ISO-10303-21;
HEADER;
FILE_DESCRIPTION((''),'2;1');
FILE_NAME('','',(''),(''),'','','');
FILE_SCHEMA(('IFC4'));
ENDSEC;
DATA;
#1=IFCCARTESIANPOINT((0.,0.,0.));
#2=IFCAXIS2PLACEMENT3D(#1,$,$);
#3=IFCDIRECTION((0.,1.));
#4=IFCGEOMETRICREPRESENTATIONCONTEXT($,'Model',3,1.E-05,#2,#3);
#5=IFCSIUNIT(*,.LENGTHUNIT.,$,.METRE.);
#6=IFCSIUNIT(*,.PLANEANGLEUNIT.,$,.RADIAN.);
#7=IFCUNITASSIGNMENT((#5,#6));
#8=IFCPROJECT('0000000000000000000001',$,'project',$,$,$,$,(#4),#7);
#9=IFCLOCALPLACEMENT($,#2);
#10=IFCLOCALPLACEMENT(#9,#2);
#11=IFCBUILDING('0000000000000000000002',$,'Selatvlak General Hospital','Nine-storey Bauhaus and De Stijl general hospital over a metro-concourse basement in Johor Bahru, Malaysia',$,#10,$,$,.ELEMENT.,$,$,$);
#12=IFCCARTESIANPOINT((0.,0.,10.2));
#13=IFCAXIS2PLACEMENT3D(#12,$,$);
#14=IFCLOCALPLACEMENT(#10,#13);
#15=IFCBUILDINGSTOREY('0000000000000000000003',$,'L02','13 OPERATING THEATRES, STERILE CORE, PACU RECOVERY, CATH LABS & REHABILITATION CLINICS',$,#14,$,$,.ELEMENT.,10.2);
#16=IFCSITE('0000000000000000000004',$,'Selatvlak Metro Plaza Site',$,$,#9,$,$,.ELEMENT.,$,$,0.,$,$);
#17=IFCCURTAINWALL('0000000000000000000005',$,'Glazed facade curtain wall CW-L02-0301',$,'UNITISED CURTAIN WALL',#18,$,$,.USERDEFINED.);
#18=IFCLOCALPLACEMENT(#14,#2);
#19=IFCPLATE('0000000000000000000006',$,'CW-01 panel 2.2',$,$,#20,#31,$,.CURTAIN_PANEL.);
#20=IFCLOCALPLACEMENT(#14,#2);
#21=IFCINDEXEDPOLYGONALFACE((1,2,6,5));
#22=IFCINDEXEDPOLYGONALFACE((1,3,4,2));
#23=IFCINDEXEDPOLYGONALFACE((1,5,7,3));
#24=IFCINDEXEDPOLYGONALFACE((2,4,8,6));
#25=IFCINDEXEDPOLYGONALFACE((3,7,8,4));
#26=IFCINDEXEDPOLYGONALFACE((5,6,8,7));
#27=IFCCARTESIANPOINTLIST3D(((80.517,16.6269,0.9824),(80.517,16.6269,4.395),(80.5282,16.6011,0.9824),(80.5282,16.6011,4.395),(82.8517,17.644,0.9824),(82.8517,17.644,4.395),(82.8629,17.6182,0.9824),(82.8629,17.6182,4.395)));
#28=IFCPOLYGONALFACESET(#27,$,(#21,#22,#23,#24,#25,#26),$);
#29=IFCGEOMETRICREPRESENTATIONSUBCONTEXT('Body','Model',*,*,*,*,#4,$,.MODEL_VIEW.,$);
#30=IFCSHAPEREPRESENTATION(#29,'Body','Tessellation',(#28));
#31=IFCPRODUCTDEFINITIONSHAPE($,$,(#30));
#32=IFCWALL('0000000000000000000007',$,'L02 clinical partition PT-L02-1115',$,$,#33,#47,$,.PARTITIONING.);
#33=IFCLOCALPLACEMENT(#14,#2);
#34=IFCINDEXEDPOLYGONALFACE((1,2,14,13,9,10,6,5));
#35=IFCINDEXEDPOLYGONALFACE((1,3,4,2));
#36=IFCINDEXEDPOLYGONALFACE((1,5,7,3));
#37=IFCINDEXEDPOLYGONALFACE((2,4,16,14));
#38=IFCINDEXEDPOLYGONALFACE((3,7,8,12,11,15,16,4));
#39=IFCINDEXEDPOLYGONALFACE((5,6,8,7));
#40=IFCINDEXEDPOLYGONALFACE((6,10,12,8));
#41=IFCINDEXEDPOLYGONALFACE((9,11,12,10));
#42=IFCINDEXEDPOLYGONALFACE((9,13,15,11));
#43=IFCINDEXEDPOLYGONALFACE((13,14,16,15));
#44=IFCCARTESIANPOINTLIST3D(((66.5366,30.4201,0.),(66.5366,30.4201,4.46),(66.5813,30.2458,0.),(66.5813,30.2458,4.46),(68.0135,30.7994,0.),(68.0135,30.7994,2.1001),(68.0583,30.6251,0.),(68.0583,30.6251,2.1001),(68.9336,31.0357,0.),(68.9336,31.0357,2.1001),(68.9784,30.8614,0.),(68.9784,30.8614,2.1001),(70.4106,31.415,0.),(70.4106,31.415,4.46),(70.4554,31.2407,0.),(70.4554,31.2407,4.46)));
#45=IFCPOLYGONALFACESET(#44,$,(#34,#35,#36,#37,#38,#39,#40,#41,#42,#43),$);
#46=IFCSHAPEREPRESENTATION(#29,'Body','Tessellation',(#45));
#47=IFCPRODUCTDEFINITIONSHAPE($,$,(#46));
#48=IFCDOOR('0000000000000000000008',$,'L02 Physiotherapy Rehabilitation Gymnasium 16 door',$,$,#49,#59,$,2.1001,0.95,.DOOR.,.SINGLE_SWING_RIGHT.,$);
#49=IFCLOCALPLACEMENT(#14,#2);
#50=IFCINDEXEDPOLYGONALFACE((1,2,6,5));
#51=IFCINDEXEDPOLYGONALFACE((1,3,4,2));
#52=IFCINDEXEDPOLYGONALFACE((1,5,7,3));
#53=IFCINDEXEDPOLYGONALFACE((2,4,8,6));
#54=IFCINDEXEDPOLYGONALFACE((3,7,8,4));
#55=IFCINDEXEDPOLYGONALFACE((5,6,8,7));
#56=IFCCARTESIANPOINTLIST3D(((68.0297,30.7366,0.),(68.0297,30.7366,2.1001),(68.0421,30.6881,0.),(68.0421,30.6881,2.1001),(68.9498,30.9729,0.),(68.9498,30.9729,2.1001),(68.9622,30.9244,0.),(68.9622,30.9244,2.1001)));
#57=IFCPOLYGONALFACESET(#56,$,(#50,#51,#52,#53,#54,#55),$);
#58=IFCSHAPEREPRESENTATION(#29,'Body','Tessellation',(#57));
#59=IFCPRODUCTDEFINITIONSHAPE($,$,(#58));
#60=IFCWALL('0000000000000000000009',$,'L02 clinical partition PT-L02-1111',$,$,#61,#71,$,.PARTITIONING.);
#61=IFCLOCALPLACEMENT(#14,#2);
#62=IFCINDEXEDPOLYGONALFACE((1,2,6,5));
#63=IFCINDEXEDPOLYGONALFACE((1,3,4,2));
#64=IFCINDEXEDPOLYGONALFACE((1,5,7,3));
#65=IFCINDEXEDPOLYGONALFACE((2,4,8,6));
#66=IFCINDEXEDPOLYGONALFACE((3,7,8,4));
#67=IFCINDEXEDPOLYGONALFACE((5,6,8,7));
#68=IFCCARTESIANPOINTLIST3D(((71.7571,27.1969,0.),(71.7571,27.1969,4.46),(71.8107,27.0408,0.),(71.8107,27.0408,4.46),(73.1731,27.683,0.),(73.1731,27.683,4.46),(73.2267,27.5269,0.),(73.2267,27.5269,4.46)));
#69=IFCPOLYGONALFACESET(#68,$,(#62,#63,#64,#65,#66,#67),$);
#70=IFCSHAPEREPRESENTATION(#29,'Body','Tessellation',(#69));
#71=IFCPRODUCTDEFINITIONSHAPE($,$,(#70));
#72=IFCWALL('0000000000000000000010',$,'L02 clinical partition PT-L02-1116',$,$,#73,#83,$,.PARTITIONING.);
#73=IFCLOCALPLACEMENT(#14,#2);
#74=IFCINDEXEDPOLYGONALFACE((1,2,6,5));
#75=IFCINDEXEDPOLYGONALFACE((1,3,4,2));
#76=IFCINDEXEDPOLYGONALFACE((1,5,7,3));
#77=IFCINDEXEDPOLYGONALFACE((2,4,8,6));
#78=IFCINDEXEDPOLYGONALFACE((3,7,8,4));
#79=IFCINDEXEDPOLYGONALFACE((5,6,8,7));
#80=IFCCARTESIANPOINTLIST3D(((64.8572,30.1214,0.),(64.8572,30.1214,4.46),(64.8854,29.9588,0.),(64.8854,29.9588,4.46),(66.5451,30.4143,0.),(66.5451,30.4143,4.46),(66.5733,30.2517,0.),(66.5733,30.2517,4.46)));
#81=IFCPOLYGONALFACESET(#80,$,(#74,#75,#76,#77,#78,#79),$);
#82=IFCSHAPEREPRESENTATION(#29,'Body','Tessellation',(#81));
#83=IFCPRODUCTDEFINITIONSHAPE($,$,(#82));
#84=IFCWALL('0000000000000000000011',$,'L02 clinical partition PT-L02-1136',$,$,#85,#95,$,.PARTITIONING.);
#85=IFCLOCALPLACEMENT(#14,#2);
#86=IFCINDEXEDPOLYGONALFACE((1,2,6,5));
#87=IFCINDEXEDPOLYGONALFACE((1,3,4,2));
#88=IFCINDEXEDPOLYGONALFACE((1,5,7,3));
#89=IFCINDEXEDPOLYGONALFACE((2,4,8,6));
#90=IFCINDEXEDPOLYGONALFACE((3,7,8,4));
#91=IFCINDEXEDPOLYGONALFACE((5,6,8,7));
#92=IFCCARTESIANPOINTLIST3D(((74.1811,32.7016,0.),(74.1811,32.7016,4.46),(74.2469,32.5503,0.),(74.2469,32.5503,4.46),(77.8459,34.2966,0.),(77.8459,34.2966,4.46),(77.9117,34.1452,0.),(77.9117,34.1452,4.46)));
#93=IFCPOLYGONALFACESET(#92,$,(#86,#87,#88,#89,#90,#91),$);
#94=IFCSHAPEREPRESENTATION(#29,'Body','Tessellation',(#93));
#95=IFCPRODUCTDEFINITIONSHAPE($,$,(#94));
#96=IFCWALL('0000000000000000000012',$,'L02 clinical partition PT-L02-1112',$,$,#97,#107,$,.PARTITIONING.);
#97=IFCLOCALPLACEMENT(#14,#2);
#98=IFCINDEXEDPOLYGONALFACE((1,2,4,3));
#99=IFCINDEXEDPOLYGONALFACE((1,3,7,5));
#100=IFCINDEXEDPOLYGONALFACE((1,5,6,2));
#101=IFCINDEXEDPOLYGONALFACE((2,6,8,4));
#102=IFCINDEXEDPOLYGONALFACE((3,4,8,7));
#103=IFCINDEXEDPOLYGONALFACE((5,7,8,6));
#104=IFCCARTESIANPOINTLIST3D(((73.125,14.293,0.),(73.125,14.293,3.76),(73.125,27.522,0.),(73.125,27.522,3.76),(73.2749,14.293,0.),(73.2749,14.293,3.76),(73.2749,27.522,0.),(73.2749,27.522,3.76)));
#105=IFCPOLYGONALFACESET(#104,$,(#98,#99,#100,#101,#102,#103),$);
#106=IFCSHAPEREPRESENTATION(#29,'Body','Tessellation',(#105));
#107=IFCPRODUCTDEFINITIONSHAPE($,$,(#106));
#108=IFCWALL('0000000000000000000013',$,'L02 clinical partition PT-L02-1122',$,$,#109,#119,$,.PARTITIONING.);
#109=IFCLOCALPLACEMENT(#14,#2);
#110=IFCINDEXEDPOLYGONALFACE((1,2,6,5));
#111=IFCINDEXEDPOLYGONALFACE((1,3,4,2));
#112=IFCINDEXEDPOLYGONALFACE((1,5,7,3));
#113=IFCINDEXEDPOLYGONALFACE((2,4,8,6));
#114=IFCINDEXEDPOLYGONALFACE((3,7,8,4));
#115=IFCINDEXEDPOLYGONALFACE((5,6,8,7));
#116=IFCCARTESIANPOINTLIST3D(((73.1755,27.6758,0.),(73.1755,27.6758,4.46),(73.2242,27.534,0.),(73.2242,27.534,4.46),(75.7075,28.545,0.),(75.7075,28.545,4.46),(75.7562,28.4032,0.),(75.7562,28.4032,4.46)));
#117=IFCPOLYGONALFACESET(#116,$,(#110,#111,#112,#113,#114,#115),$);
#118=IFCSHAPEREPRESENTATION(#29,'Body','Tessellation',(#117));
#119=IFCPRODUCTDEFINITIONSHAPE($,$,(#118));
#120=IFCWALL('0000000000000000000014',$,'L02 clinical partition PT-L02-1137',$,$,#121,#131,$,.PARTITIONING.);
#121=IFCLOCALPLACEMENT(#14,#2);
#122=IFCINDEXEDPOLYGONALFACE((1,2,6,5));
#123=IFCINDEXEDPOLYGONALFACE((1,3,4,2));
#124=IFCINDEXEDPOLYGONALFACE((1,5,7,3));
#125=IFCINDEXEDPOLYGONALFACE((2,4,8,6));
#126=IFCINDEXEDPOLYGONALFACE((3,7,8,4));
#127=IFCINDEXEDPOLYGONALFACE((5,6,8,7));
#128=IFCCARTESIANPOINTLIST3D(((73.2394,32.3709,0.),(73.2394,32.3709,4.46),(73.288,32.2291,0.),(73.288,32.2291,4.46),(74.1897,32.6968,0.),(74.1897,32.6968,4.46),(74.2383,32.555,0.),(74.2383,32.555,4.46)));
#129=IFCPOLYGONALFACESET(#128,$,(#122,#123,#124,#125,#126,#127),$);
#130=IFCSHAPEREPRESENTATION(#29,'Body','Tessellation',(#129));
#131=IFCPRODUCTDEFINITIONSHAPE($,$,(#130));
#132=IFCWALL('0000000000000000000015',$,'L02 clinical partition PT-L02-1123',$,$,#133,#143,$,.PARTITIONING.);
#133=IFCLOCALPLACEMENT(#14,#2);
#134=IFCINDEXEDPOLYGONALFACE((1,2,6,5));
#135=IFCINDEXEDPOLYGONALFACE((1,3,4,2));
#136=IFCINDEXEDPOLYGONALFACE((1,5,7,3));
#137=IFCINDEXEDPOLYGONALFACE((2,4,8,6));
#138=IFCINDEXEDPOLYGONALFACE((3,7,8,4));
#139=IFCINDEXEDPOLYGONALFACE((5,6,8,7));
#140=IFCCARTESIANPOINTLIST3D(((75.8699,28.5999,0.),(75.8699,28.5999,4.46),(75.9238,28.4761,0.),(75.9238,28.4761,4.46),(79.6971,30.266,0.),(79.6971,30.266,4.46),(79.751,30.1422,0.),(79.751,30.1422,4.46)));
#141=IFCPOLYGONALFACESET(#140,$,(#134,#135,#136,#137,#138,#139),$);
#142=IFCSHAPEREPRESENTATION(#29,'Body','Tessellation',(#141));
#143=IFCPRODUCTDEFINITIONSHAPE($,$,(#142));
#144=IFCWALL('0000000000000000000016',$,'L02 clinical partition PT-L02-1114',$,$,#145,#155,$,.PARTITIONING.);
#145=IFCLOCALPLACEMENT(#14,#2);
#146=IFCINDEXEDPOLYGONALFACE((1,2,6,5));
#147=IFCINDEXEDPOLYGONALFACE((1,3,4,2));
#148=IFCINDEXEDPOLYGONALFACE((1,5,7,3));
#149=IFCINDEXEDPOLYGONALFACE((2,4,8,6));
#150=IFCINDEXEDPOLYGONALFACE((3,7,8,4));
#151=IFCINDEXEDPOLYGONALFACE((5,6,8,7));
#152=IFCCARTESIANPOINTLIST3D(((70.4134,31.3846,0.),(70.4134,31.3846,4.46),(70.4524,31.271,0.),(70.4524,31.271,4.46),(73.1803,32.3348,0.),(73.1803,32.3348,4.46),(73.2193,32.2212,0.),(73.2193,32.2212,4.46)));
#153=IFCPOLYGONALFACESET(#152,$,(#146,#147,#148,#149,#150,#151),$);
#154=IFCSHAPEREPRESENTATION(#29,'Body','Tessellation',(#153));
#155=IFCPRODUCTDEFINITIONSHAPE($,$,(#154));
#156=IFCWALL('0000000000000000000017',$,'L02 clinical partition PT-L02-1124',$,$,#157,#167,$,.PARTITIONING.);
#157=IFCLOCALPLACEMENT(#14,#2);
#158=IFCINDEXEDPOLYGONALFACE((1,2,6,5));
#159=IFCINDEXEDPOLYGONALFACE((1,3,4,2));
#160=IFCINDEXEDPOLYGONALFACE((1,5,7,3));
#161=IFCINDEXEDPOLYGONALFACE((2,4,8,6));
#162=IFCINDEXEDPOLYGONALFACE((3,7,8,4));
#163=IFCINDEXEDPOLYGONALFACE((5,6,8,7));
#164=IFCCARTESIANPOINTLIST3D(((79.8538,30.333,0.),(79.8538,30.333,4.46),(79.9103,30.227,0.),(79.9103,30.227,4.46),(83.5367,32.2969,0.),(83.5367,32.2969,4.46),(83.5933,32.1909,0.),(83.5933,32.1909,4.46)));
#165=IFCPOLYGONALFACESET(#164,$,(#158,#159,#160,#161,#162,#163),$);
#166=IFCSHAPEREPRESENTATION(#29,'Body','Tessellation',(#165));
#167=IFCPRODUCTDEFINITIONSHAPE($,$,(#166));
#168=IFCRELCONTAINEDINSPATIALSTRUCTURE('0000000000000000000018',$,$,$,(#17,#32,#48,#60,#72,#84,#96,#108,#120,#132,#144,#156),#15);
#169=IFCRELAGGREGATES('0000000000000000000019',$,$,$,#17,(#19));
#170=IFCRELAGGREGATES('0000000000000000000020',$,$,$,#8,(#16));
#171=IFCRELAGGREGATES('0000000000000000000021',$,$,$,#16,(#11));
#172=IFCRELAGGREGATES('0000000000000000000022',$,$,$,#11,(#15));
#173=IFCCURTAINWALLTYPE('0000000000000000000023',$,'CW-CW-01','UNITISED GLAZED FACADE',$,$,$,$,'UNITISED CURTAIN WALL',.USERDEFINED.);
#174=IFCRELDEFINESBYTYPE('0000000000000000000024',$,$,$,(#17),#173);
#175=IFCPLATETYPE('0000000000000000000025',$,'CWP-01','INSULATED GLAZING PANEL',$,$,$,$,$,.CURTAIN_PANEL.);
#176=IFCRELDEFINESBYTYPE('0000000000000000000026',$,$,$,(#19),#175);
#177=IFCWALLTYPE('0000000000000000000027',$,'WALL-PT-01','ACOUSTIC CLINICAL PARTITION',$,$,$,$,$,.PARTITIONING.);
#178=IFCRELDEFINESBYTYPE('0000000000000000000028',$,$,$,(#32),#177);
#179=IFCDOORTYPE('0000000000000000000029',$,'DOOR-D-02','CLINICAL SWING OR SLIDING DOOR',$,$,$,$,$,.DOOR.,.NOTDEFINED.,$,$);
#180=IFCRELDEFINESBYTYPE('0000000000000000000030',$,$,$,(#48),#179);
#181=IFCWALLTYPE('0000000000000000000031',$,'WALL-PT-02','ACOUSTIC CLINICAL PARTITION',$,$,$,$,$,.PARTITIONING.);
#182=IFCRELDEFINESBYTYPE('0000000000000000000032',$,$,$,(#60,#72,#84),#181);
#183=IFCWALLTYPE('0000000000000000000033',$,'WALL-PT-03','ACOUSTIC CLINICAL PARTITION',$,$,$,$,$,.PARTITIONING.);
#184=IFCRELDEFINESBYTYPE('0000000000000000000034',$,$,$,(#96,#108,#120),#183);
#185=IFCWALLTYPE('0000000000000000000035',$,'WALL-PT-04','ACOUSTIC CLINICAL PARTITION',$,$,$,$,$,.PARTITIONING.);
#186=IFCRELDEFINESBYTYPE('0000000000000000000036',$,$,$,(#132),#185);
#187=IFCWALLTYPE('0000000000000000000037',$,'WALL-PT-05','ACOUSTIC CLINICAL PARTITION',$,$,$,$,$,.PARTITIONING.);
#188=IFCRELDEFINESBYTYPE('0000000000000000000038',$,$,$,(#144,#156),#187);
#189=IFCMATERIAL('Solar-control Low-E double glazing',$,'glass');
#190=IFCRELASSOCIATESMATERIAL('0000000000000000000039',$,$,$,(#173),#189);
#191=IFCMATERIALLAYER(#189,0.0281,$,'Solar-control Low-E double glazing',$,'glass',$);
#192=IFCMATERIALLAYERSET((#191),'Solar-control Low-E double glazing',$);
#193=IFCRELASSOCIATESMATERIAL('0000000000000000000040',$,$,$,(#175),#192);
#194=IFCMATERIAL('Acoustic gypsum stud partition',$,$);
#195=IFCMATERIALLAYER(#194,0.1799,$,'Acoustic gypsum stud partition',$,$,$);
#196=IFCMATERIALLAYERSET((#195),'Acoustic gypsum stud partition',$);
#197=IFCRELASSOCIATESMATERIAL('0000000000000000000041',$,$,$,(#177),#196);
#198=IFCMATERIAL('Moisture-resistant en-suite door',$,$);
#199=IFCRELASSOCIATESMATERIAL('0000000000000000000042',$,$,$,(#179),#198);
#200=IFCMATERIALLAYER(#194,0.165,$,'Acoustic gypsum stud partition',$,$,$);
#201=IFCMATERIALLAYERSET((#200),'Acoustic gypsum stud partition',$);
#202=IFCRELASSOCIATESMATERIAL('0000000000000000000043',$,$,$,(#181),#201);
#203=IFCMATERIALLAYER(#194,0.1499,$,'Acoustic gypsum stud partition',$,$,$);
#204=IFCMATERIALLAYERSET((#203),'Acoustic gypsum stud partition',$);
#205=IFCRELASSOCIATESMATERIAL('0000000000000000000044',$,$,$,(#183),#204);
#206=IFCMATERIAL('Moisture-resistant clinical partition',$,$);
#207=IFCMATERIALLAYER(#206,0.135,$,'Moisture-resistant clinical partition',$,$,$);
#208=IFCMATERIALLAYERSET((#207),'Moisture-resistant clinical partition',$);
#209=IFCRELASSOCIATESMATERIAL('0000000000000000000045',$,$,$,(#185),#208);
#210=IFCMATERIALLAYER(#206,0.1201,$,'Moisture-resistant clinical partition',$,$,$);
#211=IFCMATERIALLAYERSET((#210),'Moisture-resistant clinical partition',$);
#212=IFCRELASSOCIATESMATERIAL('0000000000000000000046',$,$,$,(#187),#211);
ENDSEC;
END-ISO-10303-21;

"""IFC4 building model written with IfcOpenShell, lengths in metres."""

from ifc_helpers import new_model, si_unit, direction, frame, frame_2d, origin, origin_2d, place, context, subcontext, project, spatial, rectangle, extrude, material, layer, layer_set, type_object, element, fill, aggregate, save


model = new_model("IFC4")

# Units and contexts
model_context = context("Model", 3, precision=1e-05, world=origin(), true_north=direction((0.0, 1.0)))
body_context = subcontext(model_context, "Body", "Model", "MODEL_VIEW")
ifc_project = project(units=[si_unit("LENGTHUNIT", "METRE"), si_unit("PLANEANGLEUNIT", "RADIAN")], contexts=[model_context])

# Site, building, storey
site_placement = place(None, origin())
site = spatial("IfcSite", under=ifc_project, at=site_placement, Name="Selatvlak Metro Plaza Site", CompositionType="ELEMENT", RefElevation=0.0)
building_placement = place(site_placement, origin())
building = spatial("IfcBuilding", under=site, at=building_placement, Name="Selatvlak General Hospital", Description="Nine-storey Bauhaus and De Stijl general hospital over a metro-concourse basement in Johor Bahru, Malaysia", CompositionType="ELEMENT")
storey_placement = place(building_placement, frame((0.0, 0.0, 10.2)))
storey = spatial("IfcBuildingStorey", under=building, at=storey_placement, Name="L02", Description="13 OPERATING THEATRES, STERILE CORE, PACU RECOVERY, CATH LABS & REHABILITATION CLINICS", CompositionType="ELEMENT", Elevation=10.2)

# Curtain wall, plate
ifc_material_1 = material(Name="Solar-control Low-E double glazing", Category="glass")
curtain_wall_type = type_object("IfcCurtainWallType", Name="CW-CW-01", Description="UNITISED GLAZED FACADE", ElementType="UNITISED CURTAIN WALL", PredefinedType="USERDEFINED", material=ifc_material_1)
curtain_wall_placement = place(storey_placement, origin())
curtain_wall = element("IfcCurtainWall", 1, at=curtain_wall_placement, inside=storey, type_object=curtain_wall_type, Name="Glazed facade curtain wall CW-L02-0301", ObjectType="UNITISED CURTAIN WALL", PredefinedType="USERDEFINED")
ifc_layer_1 = layer(ifc_material_1, 0.0281, Name="Solar-control Low-E double glazing", Category="glass")
ifc_layer_set_1 = layer_set([ifc_layer_1], Name="Solar-control Low-E double glazing")
plate_type = type_object("IfcPlateType", Name="CWP-01", Description="INSULATED GLAZING PANEL", PredefinedType="CURTAIN_PANEL", material=ifc_layer_set_1)
plate_1_placement = place(storey_placement, frame((81.6899, 17.1226, 0.9824), z_axis=(0.0, 0.0, 1.0), x_axis=(-0.916781, -0.39939, 0.0)))
plate_1 = element("IfcPlate", 2, at=plate_1_placement, type_object=plate_type, Name="CW-01 panel 2.2", PredefinedType="CURTAIN_PANEL", context=body_context, shape_type="SweptSolid", body=[
    extrude(rectangle(XDim=2.5466, YDim=0.0281, at=origin_2d()), origin(), (0.0, 0.0, 1.0), 3.4126),
])
aggregate(curtain_wall, [plate_1])

# Wall, opening, door
ifc_material_2 = material(Name="Acoustic gypsum stud partition")
ifc_layer_2 = layer(ifc_material_2, 0.1799, Name="Acoustic gypsum stud partition")
ifc_layer_set_2 = layer_set([ifc_layer_2], Name="Acoustic gypsum stud partition")
wall_type_1 = type_object("IfcWallType", Name="WALL-PT-01", Description="ACOUSTIC CLINICAL PARTITION", PredefinedType="PARTITIONING", material=ifc_layer_set_2)
wall_1_placement = place(storey_placement, frame((70.4331, 31.3279, 0.0), z_axis=(0.0, 0.0, 1.0), x_axis=(-0.968572, -0.248735, 0.0)))
wall_1 = element("IfcWall", 3, at=wall_1_placement, inside=storey, type_object=wall_type_1, Name="L02 clinical partition PT-L02-1115", PredefinedType="PARTITIONING", context=body_context, shape_type="SweptSolid", body=[
    extrude(rectangle(XDim=3.9998, YDim=0.1799, at=frame_2d((2.0, 0.0))), origin(), (0.0, 0.0, 1.0), 4.46),
])
opening_1_placement = place(wall_1_placement, frame((1.5249, 0.0, 0.0)))
opening_1 = element("IfcOpeningElement", 4, at=opening_1_placement, cuts=wall_1, PredefinedType="OPENING", context=body_context, shape_type="SweptSolid", body=[
    extrude(rectangle(XDim=0.95, YDim=2.1001, at=frame_2d((0.4751, 1.05))), frame((0.0, 0.0999, 0.0), z_axis=(0.0, -1.0, 0.0), x_axis=(1.0, 0.0, 0.0)), (0.0, 0.0, 1.0), 0.2),
])
ifc_material_3 = material(Name="Moisture-resistant en-suite door")
door_type_1 = type_object("IfcDoorType", Name="DOOR-D-02", Description="CLINICAL SWING OR SLIDING DOOR", OperationType="NOTDEFINED", PredefinedType="DOOR", material=ifc_material_3)
door_1_placement = place(opening_1_placement, origin())
door_1 = element("IfcDoor", 5, at=door_1_placement, inside=storey, type_object=door_type_1, Name="L02 Physiotherapy Rehabilitation Gymnasium 16 door", OperationType="SINGLE_SWING_RIGHT", OverallHeight=2.1001, OverallWidth=0.95, PredefinedType="DOOR", context=body_context, shape_type="SweptSolid", body=[
    extrude(rectangle(XDim=0.95, YDim=2.1001, at=frame_2d((0.4751, 1.05))), frame((0.0, 0.0249, 0.0), z_axis=(0.0, -1.0, 0.0), x_axis=(1.0, 0.0, 0.0)), (0.0, 0.0, 1.0), 0.05),
])
fill(opening_1, door_1)

# Walls
ifc_layer_3 = layer(ifc_material_2, 0.165, Name="Acoustic gypsum stud partition")
ifc_layer_set_3 = layer_set([ifc_layer_3], Name="Acoustic gypsum stud partition")
wall_type_2 = type_object("IfcWallType", Name="WALL-PT-02", Description="ACOUSTIC CLINICAL PARTITION", PredefinedType="PARTITIONING", material=ifc_layer_set_3)
wall_2_placement = place(storey_placement, frame((71.7839, 27.1189, 0.0), z_axis=(0.0, 0.0, 1.0), x_axis=(0.945824, 0.324679, 0.0)))
element("IfcWall", 6, at=wall_2_placement, inside=storey, type_object=wall_type_2, Name="L02 clinical partition PT-L02-1111", PredefinedType="PARTITIONING", context=body_context, shape_type="SweptSolid", body=[
    extrude(rectangle(XDim=1.4971, YDim=0.165, at=frame_2d((0.7485, 0.0))), origin(), (0.0, 0.0, 1.0), 4.46),
])
wall_3_placement = place(storey_placement, frame((66.5591, 30.333, 0.0), z_axis=(0.0, 0.0, 1.0), x_axis=(-0.98527, -0.171004, 0.0)))
element("IfcWall", 7, at=wall_3_placement, inside=storey, type_object=wall_type_2, Name="L02 clinical partition PT-L02-1116", PredefinedType="PARTITIONING", context=body_context, shape_type="SweptSolid", body=[
    extrude(rectangle(XDim=1.7131, YDim=0.165, at=frame_2d((0.8564, 0.0))), origin(), (0.0, 0.0, 1.0), 4.46),
])
wall_4_placement = place(storey_placement, frame((77.8789, 34.2209, 0.0), z_axis=(0.0, 0.0, 1.0), x_axis=(-0.916925, -0.399059, 0.0)))
element("IfcWall", 8, at=wall_4_placement, inside=storey, type_object=wall_type_2, Name="L02 clinical partition PT-L02-1136", PredefinedType="PARTITIONING", context=body_context, shape_type="SweptSolid", body=[
    extrude(rectangle(XDim=3.9968, YDim=0.165, at=frame_2d((1.9985, 0.0))), origin(), (0.0, 0.0, 1.0), 4.46),
])
ifc_layer_4 = layer(ifc_material_2, 0.1499, Name="Acoustic gypsum stud partition")
ifc_layer_set_4 = layer_set([ifc_layer_4], Name="Acoustic gypsum stud partition")
wall_type_3 = type_object("IfcWallType", Name="WALL-PT-03", Description="ACOUSTIC CLINICAL PARTITION", PredefinedType="PARTITIONING", material=ifc_layer_set_4)
wall_5_placement = place(storey_placement, frame((73.2, 27.522, 0.0), z_axis=(0.0, 0.0, 1.0), x_axis=(0.0, -1.0, 0.0)))
element("IfcWall", 9, at=wall_5_placement, inside=storey, type_object=wall_type_3, Name="L02 clinical partition PT-L02-1112", PredefinedType="PARTITIONING", context=body_context, shape_type="SweptSolid", body=[
    extrude(rectangle(XDim=13.229, YDim=0.1499, at=frame_2d((6.6145, 0.0))), origin(), (0.0, 0.0, 1.0), 3.76),
])
wall_6_placement = place(storey_placement, frame((73.2, 27.605, 0.0), z_axis=(0.0, 0.0, 1.0), x_axis=(0.945828, 0.324669, 0.0)))
element("IfcWall", 10, at=wall_6_placement, inside=storey, type_object=wall_type_3, Name="L02 clinical partition PT-L02-1122", PredefinedType="PARTITIONING", context=body_context, shape_type="SweptSolid", body=[
    extrude(rectangle(XDim=2.677, YDim=0.1499, at=frame_2d((1.3384, 0.0))), origin(), (0.0, 0.0, 1.0), 4.46),
])
wall_7_placement = place(storey_placement, frame((74.2141, 32.626, 0.0), z_axis=(0.0, 0.0, 1.0), x_axis=(-0.945901, -0.324455, 0.0)))
element("IfcWall", 11, at=wall_7_placement, inside=storey, type_object=wall_type_3, Name="L02 clinical partition PT-L02-1137", PredefinedType="PARTITIONING", context=body_context, shape_type="SweptSolid", body=[
    extrude(rectangle(XDim=1.0046, YDim=0.1499, at=frame_2d((0.5024, 0.0))), origin(), (0.0, 0.0, 1.0), 4.46),
])
ifc_material_4 = material(Name="Moisture-resistant clinical partition")
ifc_layer_5 = layer(ifc_material_4, 0.135, Name="Moisture-resistant clinical partition")
ifc_layer_set_5 = layer_set([ifc_layer_5], Name="Moisture-resistant clinical partition")
wall_type_4 = type_object("IfcWallType", Name="WALL-PT-04", Description="ACOUSTIC CLINICAL PARTITION", PredefinedType="PARTITIONING", material=ifc_layer_set_5)
wall_8_placement = place(storey_placement, frame((75.897, 28.5381, 0.0), z_axis=(0.0, 0.0, 1.0), x_axis=(0.916891, 0.399137, 0.0)))
element("IfcWall", 12, at=wall_8_placement, inside=storey, type_object=wall_type_4, Name="L02 clinical partition PT-L02-1123", PredefinedType="PARTITIONING", context=body_context, shape_type="SweptSolid", body=[
    extrude(rectangle(XDim=4.1741, YDim=0.135, at=frame_2d((2.0869, 0.0))), origin(), (0.0, 0.0, 1.0), 4.46),
])
ifc_layer_6 = layer(ifc_material_4, 0.1201, Name="Moisture-resistant clinical partition")
ifc_layer_set_6 = layer_set([ifc_layer_6], Name="Moisture-resistant clinical partition")
wall_type_5 = type_object("IfcWallType", Name="WALL-PT-05", Description="ACOUSTIC CLINICAL PARTITION", PredefinedType="PARTITIONING", material=ifc_layer_set_6)
wall_9_placement = place(storey_placement, frame((73.2, 32.2781, 0.0), z_axis=(0.0, 0.0, 1.0), x_axis=(-0.945782, -0.324802, 0.0)))
element("IfcWall", 13, at=wall_9_placement, inside=storey, type_object=wall_type_5, Name="L02 clinical partition PT-L02-1114", PredefinedType="PARTITIONING", context=body_context, shape_type="SweptSolid", body=[
    extrude(rectangle(XDim=2.9255, YDim=0.1201, at=frame_2d((1.4629, 0.0))), origin(), (0.0, 0.0, 1.0), 4.46),
])
wall_10_placement = place(storey_placement, frame((79.8821, 30.28, 0.0), z_axis=(0.0, 0.0, 1.0), x_axis=(0.882385, 0.470528, 0.0)))
element("IfcWall", 14, at=wall_10_placement, inside=storey, type_object=wall_type_5, Name="L02 clinical partition PT-L02-1124", PredefinedType="PARTITIONING", context=body_context, shape_type="SweptSolid", body=[
    extrude(rectangle(XDim=4.1738, YDim=0.1201, at=frame_2d((2.0869, 0.0))), origin(), (0.0, 0.0, 1.0), 4.46),
])

save(model, "model.ifc")
